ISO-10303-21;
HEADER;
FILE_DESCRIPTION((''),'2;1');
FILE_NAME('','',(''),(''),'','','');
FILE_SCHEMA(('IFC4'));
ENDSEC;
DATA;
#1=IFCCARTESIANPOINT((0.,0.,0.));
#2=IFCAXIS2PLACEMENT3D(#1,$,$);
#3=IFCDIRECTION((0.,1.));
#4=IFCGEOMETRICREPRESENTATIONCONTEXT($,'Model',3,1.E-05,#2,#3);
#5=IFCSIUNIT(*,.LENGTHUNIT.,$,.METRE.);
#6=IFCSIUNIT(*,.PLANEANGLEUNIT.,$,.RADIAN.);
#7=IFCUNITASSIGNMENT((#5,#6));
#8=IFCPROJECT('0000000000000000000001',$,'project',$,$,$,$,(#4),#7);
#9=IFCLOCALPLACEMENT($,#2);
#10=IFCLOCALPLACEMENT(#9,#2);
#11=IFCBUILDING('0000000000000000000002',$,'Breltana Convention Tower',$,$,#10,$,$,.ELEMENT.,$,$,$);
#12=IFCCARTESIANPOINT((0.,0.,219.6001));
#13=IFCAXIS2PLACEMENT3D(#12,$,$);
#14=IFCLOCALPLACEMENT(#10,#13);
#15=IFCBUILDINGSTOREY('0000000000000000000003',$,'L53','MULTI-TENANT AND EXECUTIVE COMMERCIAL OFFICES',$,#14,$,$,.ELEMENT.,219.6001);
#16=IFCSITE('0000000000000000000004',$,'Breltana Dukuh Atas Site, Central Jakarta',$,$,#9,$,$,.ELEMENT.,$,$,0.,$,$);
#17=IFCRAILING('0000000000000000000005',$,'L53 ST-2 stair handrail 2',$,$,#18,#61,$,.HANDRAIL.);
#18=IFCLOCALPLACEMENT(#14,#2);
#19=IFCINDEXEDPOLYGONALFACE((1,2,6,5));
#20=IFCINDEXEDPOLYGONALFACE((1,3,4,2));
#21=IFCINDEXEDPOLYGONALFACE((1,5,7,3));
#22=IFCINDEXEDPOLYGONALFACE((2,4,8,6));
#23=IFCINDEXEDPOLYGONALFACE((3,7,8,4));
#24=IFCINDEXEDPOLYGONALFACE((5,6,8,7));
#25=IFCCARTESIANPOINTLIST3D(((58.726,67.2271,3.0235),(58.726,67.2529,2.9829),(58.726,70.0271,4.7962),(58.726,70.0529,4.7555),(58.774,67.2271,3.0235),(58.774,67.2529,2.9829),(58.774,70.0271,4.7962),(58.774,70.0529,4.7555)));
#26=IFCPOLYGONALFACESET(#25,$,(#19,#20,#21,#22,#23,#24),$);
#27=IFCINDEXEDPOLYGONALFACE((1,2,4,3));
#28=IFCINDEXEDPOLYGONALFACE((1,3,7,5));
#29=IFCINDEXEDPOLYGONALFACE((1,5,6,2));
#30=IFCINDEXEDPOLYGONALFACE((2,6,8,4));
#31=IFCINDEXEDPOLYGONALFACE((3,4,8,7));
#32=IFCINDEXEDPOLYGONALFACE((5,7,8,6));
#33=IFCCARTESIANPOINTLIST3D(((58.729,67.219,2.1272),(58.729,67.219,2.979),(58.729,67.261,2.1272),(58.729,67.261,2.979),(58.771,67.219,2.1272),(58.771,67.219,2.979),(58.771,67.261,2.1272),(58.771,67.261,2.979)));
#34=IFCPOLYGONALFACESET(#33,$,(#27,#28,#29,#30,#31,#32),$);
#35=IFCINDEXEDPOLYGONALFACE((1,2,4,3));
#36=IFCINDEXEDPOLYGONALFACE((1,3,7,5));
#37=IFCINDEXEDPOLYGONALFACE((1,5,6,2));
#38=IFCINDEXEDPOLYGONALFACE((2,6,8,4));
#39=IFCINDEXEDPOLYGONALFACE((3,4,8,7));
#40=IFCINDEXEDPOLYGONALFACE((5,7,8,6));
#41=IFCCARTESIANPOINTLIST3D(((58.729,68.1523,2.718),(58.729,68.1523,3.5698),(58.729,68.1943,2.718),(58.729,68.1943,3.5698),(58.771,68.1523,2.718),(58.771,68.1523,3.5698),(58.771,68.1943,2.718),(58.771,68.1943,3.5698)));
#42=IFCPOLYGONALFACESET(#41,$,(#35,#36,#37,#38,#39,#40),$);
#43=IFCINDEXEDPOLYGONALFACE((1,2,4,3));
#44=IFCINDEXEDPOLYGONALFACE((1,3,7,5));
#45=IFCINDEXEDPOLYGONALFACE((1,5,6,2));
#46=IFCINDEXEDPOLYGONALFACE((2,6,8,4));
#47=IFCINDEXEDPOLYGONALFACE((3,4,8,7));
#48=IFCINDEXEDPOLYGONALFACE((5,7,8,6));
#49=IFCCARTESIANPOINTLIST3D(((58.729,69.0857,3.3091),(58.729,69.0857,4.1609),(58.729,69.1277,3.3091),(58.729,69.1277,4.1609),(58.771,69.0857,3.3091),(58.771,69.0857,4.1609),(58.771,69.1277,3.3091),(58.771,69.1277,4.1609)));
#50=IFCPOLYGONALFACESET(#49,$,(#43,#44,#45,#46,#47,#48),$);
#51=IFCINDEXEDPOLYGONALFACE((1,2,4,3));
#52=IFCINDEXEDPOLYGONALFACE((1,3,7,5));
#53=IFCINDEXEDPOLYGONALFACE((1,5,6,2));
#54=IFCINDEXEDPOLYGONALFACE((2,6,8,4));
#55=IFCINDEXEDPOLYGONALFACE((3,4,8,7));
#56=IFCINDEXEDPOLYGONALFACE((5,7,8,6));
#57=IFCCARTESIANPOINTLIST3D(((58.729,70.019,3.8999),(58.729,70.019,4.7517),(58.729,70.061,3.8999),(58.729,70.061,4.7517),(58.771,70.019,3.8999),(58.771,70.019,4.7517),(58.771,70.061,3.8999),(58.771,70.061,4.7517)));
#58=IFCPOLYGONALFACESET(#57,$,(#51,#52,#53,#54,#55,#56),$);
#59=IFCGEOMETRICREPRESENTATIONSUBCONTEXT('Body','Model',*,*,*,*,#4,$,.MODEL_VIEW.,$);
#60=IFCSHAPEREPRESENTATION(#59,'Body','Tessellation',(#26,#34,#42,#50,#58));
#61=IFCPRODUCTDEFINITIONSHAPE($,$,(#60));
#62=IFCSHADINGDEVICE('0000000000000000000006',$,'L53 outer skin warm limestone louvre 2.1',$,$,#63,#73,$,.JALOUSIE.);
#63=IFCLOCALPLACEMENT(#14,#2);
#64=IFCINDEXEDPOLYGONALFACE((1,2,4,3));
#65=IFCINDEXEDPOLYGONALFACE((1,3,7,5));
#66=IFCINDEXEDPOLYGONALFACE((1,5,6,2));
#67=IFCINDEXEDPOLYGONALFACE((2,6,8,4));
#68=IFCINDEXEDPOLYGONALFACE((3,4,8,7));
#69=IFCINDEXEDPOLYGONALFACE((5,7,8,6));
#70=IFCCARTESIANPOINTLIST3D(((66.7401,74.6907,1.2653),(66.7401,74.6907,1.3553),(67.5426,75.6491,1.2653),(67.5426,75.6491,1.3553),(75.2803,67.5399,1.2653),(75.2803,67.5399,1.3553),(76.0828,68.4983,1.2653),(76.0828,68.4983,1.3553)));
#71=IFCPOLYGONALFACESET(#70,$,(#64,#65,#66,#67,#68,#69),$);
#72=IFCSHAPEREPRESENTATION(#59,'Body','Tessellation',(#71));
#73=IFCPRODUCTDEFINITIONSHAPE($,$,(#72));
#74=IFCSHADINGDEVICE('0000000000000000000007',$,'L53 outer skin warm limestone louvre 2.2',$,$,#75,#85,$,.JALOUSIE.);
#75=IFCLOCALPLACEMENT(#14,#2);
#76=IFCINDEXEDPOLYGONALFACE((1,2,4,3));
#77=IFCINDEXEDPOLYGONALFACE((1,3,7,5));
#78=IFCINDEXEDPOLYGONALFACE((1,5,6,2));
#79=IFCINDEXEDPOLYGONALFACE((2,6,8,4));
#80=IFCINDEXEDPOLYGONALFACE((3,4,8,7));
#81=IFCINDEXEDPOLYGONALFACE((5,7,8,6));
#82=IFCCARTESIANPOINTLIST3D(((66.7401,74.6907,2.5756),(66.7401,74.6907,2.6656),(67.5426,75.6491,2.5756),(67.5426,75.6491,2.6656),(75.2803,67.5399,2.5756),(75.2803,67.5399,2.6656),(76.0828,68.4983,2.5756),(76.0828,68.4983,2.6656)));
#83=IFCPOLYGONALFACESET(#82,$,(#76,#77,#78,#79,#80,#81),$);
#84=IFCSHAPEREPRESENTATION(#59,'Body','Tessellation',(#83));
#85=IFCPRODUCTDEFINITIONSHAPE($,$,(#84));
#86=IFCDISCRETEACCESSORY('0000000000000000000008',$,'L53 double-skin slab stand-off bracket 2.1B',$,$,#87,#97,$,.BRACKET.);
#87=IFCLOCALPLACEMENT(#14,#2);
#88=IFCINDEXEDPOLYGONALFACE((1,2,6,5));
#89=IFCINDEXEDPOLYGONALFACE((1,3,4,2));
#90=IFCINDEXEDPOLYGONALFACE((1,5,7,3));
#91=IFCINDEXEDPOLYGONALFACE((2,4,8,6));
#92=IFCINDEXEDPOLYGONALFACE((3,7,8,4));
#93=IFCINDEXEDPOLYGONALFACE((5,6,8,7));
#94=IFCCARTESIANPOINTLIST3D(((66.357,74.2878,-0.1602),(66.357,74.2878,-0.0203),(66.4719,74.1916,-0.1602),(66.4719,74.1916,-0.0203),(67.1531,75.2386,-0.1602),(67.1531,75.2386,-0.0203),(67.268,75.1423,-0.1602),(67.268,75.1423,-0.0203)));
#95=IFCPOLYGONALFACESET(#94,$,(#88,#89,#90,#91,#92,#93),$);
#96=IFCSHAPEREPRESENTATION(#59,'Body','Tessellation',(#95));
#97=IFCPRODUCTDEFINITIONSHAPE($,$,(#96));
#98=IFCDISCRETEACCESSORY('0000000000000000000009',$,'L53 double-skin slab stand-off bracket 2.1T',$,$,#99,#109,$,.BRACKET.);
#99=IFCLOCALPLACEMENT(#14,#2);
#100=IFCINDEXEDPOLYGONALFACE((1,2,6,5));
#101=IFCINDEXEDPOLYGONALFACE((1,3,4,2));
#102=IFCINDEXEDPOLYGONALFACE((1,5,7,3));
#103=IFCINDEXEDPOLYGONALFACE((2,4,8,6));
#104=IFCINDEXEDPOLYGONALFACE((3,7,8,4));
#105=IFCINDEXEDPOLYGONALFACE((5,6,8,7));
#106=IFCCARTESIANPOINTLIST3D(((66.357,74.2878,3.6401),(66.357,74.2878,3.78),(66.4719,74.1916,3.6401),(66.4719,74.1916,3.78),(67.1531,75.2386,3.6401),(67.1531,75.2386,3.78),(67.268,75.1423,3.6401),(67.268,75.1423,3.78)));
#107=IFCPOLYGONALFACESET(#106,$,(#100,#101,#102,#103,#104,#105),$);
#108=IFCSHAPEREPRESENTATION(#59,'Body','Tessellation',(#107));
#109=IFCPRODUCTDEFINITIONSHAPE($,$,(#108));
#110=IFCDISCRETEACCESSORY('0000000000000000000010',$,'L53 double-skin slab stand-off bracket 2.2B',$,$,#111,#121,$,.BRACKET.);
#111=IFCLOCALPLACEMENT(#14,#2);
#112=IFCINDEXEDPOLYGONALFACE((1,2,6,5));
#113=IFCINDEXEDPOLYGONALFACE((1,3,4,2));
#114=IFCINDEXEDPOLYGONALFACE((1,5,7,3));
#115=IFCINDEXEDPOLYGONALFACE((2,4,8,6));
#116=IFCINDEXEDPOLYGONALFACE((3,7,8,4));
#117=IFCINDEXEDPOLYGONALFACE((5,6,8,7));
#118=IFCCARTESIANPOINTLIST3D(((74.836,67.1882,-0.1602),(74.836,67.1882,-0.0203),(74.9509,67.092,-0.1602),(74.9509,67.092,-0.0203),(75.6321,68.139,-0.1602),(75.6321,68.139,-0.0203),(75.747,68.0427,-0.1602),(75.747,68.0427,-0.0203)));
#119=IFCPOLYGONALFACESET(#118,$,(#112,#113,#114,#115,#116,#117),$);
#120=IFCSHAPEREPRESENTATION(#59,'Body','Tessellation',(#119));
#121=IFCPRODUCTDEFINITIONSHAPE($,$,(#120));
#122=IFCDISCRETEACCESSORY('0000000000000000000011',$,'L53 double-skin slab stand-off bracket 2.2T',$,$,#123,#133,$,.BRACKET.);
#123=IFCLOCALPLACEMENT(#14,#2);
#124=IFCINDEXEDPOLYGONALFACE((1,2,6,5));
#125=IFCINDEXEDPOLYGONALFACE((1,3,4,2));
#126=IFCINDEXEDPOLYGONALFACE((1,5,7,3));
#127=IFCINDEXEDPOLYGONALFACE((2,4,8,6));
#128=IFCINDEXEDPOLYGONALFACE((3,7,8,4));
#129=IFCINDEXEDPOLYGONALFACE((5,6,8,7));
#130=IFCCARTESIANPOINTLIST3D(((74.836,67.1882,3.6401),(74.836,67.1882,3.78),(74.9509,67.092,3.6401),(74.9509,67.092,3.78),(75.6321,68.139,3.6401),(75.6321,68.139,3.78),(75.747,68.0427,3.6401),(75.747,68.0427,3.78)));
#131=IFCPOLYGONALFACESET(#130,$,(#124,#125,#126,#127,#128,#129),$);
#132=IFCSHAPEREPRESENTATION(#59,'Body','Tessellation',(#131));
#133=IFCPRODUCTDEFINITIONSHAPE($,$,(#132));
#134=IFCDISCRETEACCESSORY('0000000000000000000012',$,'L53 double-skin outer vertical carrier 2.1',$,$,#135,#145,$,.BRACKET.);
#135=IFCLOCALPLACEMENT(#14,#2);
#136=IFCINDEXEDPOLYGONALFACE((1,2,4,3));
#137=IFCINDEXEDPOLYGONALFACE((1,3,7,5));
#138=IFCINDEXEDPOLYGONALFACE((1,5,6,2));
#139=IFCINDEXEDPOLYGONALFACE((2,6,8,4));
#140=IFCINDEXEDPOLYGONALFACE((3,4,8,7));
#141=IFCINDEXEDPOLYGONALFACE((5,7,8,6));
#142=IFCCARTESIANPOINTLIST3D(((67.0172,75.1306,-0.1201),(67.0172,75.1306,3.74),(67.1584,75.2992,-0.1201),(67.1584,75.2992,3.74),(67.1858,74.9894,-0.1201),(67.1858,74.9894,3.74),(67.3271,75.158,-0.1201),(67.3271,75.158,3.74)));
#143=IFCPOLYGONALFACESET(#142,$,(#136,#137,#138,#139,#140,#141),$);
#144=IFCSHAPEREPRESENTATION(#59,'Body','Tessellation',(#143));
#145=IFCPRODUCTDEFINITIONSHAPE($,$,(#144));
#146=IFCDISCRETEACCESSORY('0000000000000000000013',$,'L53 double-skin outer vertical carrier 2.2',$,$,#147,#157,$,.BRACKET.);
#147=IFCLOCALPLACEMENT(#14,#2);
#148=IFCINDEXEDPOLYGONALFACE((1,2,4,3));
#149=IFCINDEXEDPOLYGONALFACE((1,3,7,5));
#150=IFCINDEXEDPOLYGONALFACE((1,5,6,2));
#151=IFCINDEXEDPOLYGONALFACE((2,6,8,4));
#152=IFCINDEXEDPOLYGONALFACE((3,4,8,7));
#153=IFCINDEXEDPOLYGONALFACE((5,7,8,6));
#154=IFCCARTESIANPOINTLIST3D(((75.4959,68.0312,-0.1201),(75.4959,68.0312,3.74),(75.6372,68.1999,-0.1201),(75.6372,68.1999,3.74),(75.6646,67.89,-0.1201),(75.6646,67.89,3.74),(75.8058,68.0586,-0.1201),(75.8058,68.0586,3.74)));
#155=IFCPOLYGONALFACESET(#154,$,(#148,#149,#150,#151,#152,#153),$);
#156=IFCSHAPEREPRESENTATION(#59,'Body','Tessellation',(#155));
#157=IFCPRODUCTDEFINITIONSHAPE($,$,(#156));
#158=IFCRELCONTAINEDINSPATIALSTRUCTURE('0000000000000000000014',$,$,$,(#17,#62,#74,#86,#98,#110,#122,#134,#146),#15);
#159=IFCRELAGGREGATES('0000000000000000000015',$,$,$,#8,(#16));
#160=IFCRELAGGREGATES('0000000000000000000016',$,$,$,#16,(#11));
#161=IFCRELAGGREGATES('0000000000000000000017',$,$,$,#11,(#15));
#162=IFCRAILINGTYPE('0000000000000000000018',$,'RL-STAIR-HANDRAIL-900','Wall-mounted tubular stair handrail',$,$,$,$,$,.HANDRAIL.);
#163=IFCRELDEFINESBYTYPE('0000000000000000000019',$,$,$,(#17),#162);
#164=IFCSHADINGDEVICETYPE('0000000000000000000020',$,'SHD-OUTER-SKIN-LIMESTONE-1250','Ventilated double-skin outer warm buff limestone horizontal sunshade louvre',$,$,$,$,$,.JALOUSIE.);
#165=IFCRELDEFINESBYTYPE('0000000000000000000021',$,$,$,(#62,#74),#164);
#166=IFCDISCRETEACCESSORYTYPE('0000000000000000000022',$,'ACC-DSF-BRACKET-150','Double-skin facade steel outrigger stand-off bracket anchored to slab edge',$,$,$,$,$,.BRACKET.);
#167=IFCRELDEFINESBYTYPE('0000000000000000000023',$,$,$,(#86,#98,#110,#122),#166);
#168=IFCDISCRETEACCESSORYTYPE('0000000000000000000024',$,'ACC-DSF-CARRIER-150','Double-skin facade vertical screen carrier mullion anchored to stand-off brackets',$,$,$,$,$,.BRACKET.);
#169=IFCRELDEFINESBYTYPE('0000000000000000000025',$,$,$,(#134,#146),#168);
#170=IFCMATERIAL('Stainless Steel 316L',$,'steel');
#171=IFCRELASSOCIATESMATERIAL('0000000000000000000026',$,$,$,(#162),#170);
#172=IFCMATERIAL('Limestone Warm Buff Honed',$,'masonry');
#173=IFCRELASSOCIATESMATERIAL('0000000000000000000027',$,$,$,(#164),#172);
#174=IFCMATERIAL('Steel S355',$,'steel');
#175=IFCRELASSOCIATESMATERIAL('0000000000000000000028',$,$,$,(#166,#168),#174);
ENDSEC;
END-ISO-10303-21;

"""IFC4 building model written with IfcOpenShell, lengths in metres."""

from ifc_helpers import new_model, si_unit, direction, frame, origin, origin_2d, place, context, subcontext, project, spatial, rectangle, extrude, source, transform, mapped, material, material_profile, profile_set, type_object, type_shapes, element, save


model = new_model("IFC4")

# Units and contexts
model_context = context("Model", 3, precision=1e-05, world=origin(), true_north=direction((0.0, 1.0)))
body_context = subcontext(model_context, "Body", "Model", "MODEL_VIEW")
ifc_project = project(units=[si_unit("LENGTHUNIT", "METRE"), si_unit("PLANEANGLEUNIT", "RADIAN")], contexts=[model_context])

# Site, building, storey
site_placement = place(None, origin())
site = spatial("IfcSite", under=ifc_project, at=site_placement, Name="Breltana Dukuh Atas Site, Central Jakarta", CompositionType="ELEMENT", RefElevation=0.0)
building_placement = place(site_placement, origin())
building = spatial("IfcBuilding", under=site, at=building_placement, Name="Breltana Convention Tower", CompositionType="ELEMENT")
storey_placement = place(building_placement, frame((0.0, 0.0, 219.6001)))
storey = spatial("IfcBuildingStorey", under=building, at=storey_placement, Name="L53", Description="MULTI-TENANT AND EXECUTIVE COMMERCIAL OFFICES", CompositionType="ELEMENT", Elevation=219.6001)

# Railing
ifc_material_1 = material(Name="Stainless Steel 316L", Category="steel")
railing_type = type_object("IfcRailingType", Name="RL-STAIR-HANDRAIL-900", Description="Wall-mounted tubular stair handrail", PredefinedType="HANDRAIL", material=ifc_material_1)
railing_placement = place(storey_placement, frame((58.75, 67.24, 2.1272)))
element("IfcRailing", 1, at=railing_placement, inside=storey, type_object=railing_type, Name="L53 ST-2 stair handrail 2", PredefinedType="HANDRAIL", context=body_context, shape_type="SweptSolid", body=[
    extrude(rectangle(XDim=0.0481, YDim=0.0481, at=origin_2d()), frame((0.0, 0.0, 0.876), z_axis=(0.0, 0.844909, 0.53491), x_axis=(-1.0, 0.0, 0.0)), (0.0, 0.0, 1.0), 3.314),
    extrude(rectangle(XDim=0.042, YDim=0.042, at=origin_2d()), origin(), (0.0, 0.0, 1.0), 0.8518),
    extrude(rectangle(XDim=0.042, YDim=0.042, at=origin_2d()), frame((0.0, 0.9333, 0.5908)), (0.0, 0.0, 1.0), 0.8518),
    extrude(rectangle(XDim=0.042, YDim=0.042, at=origin_2d()), frame((0.0, 1.8667, 1.1819)), (0.0, 0.0, 1.0), 0.8518),
    extrude(rectangle(XDim=0.042, YDim=0.042, at=origin_2d()), frame((0.0, 2.8, 1.7727)), (0.0, 0.0, 1.0), 0.8518),
])

# Shading devices
ifc_material_2 = material(Name="Limestone Warm Buff Honed", Category="masonry")
ifc_material_profile_1 = material_profile(ifc_material_2, rectangle(XDim=1.25, YDim=0.0901, at=origin_2d()), Name="STN-LVR-1250X90")
ifc_profile_set_1 = profile_set([ifc_material_profile_1], Name="Limestone Warm Buff Honed")
shading_device_type = type_object("IfcShadingDeviceType", Name="SHD-OUTER-SKIN-LIMESTONE-1250", Description="Ventilated double-skin outer warm buff limestone horizontal sunshade louvre", PredefinedType="JALOUSIE", material=ifc_profile_set_1)
shared_shape_1 = source(origin(), body_context, "Body", "SweptSolid", [
    extrude(rectangle(XDim=1.25, YDim=0.0901, at=origin_2d()), origin(), (0.0, 0.0, 1.0), 11.1387),
])
for number, where, z_axis, x_axis, name in (
    (2, (67.1414, 75.1699, 1.3103), (0.766719, -0.641983, 0.0), (0.641983, 0.766719, 0.0), "L53 outer skin warm limestone louvre 2.1"),
    (3, (67.1414, 75.1699, 2.6206), (0.766719, -0.641983, 0.0), (0.641983, 0.766719, 0.0), "L53 outer skin warm limestone louvre 2.2"),
):
    element("IfcShadingDevice", number, at=place(storey_placement, frame(where, z_axis=z_axis, x_axis=x_axis)), inside=storey, type_object=shading_device_type, Name=name, PredefinedType="JALOUSIE", context=body_context, shape_type="MappedRepresentation", body=[
        mapped(shared_shape_1, transform((0.0, 0.0, 0.0), scale=1.0)),
    ])

# Discrete accessories
ifc_material_3 = material(Name="Steel S355", Category="steel")
discrete_accessory_type_1 = type_object("IfcDiscreteAccessoryType", Name="ACC-DSF-BRACKET-150", Description="Double-skin facade steel outrigger stand-off bracket anchored to slab edge", PredefinedType="BRACKET", material=ifc_material_3)
shared_shape_2 = source(origin(), body_context, "Body", "SweptSolid", [
    extrude(rectangle(XDim=1.24, YDim=0.1499, at=origin_2d()), origin(), (0.0, 0.0, 1.0), 0.1399),
])
type_shapes(discrete_accessory_type_1, [shared_shape_2])
for number, where, z_axis, x_axis, name in (
    (4, (66.8125, 74.7151, -0.1602), (0.0, 0.0, 1.0), (0.641984, 0.766718, 0.0), "L53 double-skin slab stand-off bracket 2.1B"),
    (5, (66.8125, 74.7151, 3.6401), (0.0, 0.0, 1.0), (0.641984, 0.766718, 0.0), "L53 double-skin slab stand-off bracket 2.1T"),
    (6, (75.2915, 67.6155, -0.1602), (0.0, 0.0, 1.0), (0.641984, 0.766718, 0.0), "L53 double-skin slab stand-off bracket 2.2B"),
    (7, (75.2915, 67.6155, 3.6401), (0.0, 0.0, 1.0), (0.641984, 0.766718, 0.0), "L53 double-skin slab stand-off bracket 2.2T"),
):
    element("IfcDiscreteAccessory", number, at=place(storey_placement, frame(where, z_axis=z_axis, x_axis=x_axis)), inside=storey, type_object=discrete_accessory_type_1, Name=name, PredefinedType="BRACKET", context=body_context, shape_type="MappedRepresentation", body=[
        mapped(shared_shape_2, transform((0.0, 0.0, 0.0), scale=1.0)),
    ])
discrete_accessory_type_2 = type_object("IfcDiscreteAccessoryType", Name="ACC-DSF-CARRIER-150", Description="Double-skin facade vertical screen carrier mullion anchored to stand-off brackets", PredefinedType="BRACKET", material=ifc_material_3)
shared_shape_3 = source(origin(), body_context, "Body", "SweptSolid", [
    extrude(rectangle(XDim=0.22, YDim=0.22, at=origin_2d()), origin(), (0.0, 0.0, 1.0), 3.8601),
])
for number, where, z_axis, x_axis, name in (
    (8, (67.1721, 75.1443, -0.1201), (0.0, 0.0, 1.0), (0.641984, 0.766718, 0.0), "L53 double-skin outer vertical carrier 2.1"),
    (9, (75.6509, 68.0449, -0.1201), (0.0, 0.0, 1.0), (0.641984, 0.766718, 0.0), "L53 double-skin outer vertical carrier 2.2"),
):
    element("IfcDiscreteAccessory", number, at=place(storey_placement, frame(where, z_axis=z_axis, x_axis=x_axis)), inside=storey, type_object=discrete_accessory_type_2, Name=name, PredefinedType="BRACKET", context=body_context, shape_type="MappedRepresentation", body=[
        mapped(shared_shape_3, transform((0.0, 0.0, 0.0), scale=1.0)),
    ])

save(model, "model.ifc")
